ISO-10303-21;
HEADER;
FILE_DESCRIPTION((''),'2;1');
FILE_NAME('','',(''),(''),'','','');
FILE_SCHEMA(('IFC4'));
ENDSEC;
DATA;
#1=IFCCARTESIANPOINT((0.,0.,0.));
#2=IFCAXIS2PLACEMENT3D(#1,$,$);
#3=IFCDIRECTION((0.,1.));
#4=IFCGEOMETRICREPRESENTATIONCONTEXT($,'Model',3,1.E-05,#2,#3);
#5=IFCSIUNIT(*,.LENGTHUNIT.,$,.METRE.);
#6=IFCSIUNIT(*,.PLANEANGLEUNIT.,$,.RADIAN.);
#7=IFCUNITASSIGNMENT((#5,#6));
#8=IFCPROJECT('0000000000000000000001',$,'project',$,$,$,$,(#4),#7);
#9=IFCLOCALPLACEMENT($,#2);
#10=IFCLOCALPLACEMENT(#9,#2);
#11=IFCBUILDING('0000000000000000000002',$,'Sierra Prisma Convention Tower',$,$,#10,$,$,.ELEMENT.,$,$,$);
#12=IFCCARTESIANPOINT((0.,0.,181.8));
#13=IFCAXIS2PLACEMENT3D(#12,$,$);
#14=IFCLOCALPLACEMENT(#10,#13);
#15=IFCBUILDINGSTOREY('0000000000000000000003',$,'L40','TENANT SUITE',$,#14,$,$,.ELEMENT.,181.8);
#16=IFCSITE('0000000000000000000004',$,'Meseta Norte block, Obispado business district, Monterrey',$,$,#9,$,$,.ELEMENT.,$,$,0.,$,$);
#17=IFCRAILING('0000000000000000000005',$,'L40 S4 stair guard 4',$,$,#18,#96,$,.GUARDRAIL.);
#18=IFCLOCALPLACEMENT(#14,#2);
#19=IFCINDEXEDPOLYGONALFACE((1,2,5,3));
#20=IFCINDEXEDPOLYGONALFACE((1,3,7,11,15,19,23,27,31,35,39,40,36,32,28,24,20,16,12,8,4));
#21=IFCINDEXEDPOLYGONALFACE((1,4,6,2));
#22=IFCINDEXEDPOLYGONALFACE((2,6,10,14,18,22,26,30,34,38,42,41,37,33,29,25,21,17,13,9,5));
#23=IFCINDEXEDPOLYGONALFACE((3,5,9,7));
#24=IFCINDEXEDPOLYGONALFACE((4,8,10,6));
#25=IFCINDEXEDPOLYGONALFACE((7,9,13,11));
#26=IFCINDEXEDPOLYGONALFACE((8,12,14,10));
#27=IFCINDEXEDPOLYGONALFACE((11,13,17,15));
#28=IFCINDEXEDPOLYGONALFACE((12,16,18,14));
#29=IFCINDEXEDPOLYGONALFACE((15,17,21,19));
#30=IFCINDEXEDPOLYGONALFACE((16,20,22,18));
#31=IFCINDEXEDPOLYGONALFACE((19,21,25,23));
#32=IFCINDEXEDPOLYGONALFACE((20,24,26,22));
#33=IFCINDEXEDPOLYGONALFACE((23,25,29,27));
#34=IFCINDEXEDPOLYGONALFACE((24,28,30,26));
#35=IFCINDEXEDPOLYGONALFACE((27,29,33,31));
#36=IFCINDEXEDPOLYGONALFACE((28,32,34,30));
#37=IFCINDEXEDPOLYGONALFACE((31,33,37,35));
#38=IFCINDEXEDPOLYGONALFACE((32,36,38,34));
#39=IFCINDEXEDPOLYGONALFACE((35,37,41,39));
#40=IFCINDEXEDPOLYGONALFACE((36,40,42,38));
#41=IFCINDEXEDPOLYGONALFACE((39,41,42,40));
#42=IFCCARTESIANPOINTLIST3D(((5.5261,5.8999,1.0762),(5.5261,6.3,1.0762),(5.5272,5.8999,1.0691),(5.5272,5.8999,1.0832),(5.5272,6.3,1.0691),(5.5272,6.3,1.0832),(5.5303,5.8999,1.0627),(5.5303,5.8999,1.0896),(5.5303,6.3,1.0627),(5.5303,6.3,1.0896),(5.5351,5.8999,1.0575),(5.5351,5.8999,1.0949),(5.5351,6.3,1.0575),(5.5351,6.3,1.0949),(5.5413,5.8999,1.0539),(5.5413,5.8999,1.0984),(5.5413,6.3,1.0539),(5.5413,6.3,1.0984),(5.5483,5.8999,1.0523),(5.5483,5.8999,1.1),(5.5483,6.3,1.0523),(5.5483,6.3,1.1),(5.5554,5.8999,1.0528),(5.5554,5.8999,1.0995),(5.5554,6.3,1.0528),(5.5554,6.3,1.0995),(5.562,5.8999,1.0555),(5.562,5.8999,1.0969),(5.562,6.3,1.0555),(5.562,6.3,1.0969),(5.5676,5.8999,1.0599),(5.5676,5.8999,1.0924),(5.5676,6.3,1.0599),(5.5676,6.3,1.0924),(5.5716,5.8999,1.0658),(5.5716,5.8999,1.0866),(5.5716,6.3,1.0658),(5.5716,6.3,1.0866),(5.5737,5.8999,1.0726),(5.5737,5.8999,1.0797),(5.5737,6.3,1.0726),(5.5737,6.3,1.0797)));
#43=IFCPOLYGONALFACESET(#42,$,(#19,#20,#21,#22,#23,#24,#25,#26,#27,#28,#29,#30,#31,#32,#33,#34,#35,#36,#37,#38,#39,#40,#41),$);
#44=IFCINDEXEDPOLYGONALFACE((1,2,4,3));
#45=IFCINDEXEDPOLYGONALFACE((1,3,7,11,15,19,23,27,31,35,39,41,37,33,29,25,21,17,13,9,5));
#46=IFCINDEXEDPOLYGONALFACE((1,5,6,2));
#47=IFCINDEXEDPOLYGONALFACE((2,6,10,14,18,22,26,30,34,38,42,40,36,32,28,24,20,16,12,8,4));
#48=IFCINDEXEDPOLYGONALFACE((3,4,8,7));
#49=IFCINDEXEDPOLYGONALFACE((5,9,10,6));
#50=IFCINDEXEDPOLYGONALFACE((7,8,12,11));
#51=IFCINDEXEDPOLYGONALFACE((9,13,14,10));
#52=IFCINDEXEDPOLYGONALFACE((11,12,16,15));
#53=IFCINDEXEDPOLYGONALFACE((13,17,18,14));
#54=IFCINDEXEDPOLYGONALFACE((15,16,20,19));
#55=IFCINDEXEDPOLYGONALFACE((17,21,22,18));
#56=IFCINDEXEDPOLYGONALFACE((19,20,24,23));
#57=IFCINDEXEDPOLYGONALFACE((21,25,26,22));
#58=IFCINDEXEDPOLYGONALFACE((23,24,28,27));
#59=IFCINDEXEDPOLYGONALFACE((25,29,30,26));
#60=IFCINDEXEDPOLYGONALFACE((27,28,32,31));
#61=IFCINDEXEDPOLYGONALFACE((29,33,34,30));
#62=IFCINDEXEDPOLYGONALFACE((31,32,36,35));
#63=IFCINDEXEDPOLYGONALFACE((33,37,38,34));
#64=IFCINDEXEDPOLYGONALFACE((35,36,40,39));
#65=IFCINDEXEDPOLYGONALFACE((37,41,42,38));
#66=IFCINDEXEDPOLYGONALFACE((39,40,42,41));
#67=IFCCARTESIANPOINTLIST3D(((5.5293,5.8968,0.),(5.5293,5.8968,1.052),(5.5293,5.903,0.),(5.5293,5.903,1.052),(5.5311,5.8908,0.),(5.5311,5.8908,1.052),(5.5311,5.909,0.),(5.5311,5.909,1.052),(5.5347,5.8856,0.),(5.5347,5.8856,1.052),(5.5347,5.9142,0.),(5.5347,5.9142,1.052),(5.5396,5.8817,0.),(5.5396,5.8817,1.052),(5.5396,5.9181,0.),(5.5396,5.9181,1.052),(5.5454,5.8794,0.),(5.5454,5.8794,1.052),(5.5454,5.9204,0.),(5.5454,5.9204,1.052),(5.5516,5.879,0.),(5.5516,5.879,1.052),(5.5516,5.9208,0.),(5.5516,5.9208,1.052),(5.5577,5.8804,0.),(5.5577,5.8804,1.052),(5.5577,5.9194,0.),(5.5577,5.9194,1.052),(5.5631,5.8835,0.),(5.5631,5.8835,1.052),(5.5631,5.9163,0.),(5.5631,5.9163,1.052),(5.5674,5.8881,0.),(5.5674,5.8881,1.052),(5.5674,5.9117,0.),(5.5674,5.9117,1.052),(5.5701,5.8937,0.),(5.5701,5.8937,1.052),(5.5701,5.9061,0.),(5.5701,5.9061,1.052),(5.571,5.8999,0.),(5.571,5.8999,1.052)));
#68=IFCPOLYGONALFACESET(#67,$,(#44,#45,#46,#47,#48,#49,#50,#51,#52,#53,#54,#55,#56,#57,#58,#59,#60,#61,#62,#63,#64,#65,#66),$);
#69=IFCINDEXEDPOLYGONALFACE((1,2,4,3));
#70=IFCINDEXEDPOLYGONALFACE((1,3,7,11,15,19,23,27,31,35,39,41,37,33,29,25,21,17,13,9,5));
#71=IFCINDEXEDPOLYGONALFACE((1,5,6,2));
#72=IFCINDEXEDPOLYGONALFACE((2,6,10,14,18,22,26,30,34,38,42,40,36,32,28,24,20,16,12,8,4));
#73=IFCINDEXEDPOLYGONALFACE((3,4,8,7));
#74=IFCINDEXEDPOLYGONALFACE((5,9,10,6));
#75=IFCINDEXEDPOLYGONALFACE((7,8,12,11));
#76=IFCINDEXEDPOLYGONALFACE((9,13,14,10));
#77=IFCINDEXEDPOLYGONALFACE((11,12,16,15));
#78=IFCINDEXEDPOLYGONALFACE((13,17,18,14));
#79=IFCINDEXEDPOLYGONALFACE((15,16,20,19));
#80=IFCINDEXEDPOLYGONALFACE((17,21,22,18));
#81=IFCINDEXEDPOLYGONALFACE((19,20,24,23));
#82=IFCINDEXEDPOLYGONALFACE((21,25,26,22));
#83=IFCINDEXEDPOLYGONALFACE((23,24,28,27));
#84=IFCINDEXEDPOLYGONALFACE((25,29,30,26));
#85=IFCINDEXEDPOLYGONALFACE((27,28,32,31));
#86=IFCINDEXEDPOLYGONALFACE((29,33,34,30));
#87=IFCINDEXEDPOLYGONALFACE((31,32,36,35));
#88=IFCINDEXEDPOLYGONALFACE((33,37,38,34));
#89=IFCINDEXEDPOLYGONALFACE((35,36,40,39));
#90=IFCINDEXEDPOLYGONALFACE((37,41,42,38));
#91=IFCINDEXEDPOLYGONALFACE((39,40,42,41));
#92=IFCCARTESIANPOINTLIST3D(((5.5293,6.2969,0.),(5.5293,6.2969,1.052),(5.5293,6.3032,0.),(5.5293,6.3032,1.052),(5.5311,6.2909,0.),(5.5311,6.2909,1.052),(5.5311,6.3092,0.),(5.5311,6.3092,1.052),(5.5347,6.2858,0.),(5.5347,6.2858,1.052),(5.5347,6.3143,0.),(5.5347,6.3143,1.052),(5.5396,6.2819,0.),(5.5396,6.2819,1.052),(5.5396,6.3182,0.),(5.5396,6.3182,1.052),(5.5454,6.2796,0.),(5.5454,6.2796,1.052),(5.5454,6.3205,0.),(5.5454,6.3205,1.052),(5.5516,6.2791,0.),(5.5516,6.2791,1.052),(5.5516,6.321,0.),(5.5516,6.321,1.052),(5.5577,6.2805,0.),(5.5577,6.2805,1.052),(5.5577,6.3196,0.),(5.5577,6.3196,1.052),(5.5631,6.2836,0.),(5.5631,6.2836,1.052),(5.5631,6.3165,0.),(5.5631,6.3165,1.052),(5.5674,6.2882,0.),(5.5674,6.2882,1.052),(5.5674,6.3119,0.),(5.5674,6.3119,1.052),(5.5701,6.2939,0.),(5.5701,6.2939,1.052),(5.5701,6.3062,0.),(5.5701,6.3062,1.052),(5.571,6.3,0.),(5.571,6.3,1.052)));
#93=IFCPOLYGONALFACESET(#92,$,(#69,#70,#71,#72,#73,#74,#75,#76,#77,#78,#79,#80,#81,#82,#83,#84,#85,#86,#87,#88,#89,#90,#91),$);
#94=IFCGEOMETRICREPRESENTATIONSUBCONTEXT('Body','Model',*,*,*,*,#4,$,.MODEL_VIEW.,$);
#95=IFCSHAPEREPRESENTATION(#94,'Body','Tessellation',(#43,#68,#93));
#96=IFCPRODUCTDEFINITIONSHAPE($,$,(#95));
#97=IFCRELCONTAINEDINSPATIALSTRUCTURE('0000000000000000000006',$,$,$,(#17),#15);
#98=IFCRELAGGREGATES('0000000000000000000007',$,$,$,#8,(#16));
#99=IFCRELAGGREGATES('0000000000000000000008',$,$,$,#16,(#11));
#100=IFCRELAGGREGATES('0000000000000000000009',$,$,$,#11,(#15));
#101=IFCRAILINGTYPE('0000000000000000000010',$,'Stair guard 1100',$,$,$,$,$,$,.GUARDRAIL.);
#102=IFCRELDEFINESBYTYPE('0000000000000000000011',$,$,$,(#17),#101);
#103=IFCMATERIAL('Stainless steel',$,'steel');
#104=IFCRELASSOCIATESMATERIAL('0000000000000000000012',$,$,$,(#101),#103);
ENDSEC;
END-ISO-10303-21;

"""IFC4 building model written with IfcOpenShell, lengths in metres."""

from ifc_helpers import new_model, si_unit, direction, frame, origin, origin_2d, place, context, subcontext, project, spatial, circle, extrude, material, type_object, element, save


model = new_model("IFC4")

# Units and contexts
model_context = context("Model", 3, precision=1e-05, world=origin(), true_north=direction((0.0, 1.0)))
body_context = subcontext(model_context, "Body", "Model", "MODEL_VIEW")
ifc_project = project(units=[si_unit("LENGTHUNIT", "METRE"), si_unit("PLANEANGLEUNIT", "RADIAN")], contexts=[model_context])

# Site, building, storey
site_placement = place(None, origin())
site = spatial("IfcSite", under=ifc_project, at=site_placement, Name="Meseta Norte block, Obispado business district, Monterrey", CompositionType="ELEMENT", RefElevation=0.0)
building_placement = place(site_placement, origin())
building = spatial("IfcBuilding", under=site, at=building_placement, Name="Sierra Prisma Convention Tower", CompositionType="ELEMENT")
storey_placement = place(building_placement, frame((0.0, 0.0, 181.8)))
storey = spatial("IfcBuildingStorey", under=building, at=storey_placement, Name="L40", Description="TENANT SUITE", CompositionType="ELEMENT", Elevation=181.8)

# Railing
ifc_material_1 = material(Name="Stainless steel", Category="steel")
railing_type_1 = type_object("IfcRailingType", Name="Stair guard 1100", PredefinedType="GUARDRAIL", material=ifc_material_1)
railing_1_placement = place(storey_placement, frame((5.55, 5.8999, 0.0)))
element("IfcRailing", 1, at=railing_1_placement, inside=storey, type_object=railing_type_1, Name="L40 S4 stair guard 4", PredefinedType="GUARDRAIL", context=body_context, shape_type="SweptSolid", body=[
    extrude(circle(Radius=0.0239, at=origin_2d()), frame((0.0, 0.0, 1.0762), z_axis=(0.0, 1.0, 0.0), x_axis=(-1.0, 0.0, 0.0)), (0.0, 0.0, 1.0), 0.4001),
    extrude(circle(Radius=0.021, at=origin_2d()), origin(), (0.0, 0.0, 1.0), 1.052),
    extrude(circle(Radius=0.021, at=origin_2d()), frame((0.0, 0.4001, 0.0)), (0.0, 0.0, 1.0), 1.052),
])

save(model, "model.ifc")
